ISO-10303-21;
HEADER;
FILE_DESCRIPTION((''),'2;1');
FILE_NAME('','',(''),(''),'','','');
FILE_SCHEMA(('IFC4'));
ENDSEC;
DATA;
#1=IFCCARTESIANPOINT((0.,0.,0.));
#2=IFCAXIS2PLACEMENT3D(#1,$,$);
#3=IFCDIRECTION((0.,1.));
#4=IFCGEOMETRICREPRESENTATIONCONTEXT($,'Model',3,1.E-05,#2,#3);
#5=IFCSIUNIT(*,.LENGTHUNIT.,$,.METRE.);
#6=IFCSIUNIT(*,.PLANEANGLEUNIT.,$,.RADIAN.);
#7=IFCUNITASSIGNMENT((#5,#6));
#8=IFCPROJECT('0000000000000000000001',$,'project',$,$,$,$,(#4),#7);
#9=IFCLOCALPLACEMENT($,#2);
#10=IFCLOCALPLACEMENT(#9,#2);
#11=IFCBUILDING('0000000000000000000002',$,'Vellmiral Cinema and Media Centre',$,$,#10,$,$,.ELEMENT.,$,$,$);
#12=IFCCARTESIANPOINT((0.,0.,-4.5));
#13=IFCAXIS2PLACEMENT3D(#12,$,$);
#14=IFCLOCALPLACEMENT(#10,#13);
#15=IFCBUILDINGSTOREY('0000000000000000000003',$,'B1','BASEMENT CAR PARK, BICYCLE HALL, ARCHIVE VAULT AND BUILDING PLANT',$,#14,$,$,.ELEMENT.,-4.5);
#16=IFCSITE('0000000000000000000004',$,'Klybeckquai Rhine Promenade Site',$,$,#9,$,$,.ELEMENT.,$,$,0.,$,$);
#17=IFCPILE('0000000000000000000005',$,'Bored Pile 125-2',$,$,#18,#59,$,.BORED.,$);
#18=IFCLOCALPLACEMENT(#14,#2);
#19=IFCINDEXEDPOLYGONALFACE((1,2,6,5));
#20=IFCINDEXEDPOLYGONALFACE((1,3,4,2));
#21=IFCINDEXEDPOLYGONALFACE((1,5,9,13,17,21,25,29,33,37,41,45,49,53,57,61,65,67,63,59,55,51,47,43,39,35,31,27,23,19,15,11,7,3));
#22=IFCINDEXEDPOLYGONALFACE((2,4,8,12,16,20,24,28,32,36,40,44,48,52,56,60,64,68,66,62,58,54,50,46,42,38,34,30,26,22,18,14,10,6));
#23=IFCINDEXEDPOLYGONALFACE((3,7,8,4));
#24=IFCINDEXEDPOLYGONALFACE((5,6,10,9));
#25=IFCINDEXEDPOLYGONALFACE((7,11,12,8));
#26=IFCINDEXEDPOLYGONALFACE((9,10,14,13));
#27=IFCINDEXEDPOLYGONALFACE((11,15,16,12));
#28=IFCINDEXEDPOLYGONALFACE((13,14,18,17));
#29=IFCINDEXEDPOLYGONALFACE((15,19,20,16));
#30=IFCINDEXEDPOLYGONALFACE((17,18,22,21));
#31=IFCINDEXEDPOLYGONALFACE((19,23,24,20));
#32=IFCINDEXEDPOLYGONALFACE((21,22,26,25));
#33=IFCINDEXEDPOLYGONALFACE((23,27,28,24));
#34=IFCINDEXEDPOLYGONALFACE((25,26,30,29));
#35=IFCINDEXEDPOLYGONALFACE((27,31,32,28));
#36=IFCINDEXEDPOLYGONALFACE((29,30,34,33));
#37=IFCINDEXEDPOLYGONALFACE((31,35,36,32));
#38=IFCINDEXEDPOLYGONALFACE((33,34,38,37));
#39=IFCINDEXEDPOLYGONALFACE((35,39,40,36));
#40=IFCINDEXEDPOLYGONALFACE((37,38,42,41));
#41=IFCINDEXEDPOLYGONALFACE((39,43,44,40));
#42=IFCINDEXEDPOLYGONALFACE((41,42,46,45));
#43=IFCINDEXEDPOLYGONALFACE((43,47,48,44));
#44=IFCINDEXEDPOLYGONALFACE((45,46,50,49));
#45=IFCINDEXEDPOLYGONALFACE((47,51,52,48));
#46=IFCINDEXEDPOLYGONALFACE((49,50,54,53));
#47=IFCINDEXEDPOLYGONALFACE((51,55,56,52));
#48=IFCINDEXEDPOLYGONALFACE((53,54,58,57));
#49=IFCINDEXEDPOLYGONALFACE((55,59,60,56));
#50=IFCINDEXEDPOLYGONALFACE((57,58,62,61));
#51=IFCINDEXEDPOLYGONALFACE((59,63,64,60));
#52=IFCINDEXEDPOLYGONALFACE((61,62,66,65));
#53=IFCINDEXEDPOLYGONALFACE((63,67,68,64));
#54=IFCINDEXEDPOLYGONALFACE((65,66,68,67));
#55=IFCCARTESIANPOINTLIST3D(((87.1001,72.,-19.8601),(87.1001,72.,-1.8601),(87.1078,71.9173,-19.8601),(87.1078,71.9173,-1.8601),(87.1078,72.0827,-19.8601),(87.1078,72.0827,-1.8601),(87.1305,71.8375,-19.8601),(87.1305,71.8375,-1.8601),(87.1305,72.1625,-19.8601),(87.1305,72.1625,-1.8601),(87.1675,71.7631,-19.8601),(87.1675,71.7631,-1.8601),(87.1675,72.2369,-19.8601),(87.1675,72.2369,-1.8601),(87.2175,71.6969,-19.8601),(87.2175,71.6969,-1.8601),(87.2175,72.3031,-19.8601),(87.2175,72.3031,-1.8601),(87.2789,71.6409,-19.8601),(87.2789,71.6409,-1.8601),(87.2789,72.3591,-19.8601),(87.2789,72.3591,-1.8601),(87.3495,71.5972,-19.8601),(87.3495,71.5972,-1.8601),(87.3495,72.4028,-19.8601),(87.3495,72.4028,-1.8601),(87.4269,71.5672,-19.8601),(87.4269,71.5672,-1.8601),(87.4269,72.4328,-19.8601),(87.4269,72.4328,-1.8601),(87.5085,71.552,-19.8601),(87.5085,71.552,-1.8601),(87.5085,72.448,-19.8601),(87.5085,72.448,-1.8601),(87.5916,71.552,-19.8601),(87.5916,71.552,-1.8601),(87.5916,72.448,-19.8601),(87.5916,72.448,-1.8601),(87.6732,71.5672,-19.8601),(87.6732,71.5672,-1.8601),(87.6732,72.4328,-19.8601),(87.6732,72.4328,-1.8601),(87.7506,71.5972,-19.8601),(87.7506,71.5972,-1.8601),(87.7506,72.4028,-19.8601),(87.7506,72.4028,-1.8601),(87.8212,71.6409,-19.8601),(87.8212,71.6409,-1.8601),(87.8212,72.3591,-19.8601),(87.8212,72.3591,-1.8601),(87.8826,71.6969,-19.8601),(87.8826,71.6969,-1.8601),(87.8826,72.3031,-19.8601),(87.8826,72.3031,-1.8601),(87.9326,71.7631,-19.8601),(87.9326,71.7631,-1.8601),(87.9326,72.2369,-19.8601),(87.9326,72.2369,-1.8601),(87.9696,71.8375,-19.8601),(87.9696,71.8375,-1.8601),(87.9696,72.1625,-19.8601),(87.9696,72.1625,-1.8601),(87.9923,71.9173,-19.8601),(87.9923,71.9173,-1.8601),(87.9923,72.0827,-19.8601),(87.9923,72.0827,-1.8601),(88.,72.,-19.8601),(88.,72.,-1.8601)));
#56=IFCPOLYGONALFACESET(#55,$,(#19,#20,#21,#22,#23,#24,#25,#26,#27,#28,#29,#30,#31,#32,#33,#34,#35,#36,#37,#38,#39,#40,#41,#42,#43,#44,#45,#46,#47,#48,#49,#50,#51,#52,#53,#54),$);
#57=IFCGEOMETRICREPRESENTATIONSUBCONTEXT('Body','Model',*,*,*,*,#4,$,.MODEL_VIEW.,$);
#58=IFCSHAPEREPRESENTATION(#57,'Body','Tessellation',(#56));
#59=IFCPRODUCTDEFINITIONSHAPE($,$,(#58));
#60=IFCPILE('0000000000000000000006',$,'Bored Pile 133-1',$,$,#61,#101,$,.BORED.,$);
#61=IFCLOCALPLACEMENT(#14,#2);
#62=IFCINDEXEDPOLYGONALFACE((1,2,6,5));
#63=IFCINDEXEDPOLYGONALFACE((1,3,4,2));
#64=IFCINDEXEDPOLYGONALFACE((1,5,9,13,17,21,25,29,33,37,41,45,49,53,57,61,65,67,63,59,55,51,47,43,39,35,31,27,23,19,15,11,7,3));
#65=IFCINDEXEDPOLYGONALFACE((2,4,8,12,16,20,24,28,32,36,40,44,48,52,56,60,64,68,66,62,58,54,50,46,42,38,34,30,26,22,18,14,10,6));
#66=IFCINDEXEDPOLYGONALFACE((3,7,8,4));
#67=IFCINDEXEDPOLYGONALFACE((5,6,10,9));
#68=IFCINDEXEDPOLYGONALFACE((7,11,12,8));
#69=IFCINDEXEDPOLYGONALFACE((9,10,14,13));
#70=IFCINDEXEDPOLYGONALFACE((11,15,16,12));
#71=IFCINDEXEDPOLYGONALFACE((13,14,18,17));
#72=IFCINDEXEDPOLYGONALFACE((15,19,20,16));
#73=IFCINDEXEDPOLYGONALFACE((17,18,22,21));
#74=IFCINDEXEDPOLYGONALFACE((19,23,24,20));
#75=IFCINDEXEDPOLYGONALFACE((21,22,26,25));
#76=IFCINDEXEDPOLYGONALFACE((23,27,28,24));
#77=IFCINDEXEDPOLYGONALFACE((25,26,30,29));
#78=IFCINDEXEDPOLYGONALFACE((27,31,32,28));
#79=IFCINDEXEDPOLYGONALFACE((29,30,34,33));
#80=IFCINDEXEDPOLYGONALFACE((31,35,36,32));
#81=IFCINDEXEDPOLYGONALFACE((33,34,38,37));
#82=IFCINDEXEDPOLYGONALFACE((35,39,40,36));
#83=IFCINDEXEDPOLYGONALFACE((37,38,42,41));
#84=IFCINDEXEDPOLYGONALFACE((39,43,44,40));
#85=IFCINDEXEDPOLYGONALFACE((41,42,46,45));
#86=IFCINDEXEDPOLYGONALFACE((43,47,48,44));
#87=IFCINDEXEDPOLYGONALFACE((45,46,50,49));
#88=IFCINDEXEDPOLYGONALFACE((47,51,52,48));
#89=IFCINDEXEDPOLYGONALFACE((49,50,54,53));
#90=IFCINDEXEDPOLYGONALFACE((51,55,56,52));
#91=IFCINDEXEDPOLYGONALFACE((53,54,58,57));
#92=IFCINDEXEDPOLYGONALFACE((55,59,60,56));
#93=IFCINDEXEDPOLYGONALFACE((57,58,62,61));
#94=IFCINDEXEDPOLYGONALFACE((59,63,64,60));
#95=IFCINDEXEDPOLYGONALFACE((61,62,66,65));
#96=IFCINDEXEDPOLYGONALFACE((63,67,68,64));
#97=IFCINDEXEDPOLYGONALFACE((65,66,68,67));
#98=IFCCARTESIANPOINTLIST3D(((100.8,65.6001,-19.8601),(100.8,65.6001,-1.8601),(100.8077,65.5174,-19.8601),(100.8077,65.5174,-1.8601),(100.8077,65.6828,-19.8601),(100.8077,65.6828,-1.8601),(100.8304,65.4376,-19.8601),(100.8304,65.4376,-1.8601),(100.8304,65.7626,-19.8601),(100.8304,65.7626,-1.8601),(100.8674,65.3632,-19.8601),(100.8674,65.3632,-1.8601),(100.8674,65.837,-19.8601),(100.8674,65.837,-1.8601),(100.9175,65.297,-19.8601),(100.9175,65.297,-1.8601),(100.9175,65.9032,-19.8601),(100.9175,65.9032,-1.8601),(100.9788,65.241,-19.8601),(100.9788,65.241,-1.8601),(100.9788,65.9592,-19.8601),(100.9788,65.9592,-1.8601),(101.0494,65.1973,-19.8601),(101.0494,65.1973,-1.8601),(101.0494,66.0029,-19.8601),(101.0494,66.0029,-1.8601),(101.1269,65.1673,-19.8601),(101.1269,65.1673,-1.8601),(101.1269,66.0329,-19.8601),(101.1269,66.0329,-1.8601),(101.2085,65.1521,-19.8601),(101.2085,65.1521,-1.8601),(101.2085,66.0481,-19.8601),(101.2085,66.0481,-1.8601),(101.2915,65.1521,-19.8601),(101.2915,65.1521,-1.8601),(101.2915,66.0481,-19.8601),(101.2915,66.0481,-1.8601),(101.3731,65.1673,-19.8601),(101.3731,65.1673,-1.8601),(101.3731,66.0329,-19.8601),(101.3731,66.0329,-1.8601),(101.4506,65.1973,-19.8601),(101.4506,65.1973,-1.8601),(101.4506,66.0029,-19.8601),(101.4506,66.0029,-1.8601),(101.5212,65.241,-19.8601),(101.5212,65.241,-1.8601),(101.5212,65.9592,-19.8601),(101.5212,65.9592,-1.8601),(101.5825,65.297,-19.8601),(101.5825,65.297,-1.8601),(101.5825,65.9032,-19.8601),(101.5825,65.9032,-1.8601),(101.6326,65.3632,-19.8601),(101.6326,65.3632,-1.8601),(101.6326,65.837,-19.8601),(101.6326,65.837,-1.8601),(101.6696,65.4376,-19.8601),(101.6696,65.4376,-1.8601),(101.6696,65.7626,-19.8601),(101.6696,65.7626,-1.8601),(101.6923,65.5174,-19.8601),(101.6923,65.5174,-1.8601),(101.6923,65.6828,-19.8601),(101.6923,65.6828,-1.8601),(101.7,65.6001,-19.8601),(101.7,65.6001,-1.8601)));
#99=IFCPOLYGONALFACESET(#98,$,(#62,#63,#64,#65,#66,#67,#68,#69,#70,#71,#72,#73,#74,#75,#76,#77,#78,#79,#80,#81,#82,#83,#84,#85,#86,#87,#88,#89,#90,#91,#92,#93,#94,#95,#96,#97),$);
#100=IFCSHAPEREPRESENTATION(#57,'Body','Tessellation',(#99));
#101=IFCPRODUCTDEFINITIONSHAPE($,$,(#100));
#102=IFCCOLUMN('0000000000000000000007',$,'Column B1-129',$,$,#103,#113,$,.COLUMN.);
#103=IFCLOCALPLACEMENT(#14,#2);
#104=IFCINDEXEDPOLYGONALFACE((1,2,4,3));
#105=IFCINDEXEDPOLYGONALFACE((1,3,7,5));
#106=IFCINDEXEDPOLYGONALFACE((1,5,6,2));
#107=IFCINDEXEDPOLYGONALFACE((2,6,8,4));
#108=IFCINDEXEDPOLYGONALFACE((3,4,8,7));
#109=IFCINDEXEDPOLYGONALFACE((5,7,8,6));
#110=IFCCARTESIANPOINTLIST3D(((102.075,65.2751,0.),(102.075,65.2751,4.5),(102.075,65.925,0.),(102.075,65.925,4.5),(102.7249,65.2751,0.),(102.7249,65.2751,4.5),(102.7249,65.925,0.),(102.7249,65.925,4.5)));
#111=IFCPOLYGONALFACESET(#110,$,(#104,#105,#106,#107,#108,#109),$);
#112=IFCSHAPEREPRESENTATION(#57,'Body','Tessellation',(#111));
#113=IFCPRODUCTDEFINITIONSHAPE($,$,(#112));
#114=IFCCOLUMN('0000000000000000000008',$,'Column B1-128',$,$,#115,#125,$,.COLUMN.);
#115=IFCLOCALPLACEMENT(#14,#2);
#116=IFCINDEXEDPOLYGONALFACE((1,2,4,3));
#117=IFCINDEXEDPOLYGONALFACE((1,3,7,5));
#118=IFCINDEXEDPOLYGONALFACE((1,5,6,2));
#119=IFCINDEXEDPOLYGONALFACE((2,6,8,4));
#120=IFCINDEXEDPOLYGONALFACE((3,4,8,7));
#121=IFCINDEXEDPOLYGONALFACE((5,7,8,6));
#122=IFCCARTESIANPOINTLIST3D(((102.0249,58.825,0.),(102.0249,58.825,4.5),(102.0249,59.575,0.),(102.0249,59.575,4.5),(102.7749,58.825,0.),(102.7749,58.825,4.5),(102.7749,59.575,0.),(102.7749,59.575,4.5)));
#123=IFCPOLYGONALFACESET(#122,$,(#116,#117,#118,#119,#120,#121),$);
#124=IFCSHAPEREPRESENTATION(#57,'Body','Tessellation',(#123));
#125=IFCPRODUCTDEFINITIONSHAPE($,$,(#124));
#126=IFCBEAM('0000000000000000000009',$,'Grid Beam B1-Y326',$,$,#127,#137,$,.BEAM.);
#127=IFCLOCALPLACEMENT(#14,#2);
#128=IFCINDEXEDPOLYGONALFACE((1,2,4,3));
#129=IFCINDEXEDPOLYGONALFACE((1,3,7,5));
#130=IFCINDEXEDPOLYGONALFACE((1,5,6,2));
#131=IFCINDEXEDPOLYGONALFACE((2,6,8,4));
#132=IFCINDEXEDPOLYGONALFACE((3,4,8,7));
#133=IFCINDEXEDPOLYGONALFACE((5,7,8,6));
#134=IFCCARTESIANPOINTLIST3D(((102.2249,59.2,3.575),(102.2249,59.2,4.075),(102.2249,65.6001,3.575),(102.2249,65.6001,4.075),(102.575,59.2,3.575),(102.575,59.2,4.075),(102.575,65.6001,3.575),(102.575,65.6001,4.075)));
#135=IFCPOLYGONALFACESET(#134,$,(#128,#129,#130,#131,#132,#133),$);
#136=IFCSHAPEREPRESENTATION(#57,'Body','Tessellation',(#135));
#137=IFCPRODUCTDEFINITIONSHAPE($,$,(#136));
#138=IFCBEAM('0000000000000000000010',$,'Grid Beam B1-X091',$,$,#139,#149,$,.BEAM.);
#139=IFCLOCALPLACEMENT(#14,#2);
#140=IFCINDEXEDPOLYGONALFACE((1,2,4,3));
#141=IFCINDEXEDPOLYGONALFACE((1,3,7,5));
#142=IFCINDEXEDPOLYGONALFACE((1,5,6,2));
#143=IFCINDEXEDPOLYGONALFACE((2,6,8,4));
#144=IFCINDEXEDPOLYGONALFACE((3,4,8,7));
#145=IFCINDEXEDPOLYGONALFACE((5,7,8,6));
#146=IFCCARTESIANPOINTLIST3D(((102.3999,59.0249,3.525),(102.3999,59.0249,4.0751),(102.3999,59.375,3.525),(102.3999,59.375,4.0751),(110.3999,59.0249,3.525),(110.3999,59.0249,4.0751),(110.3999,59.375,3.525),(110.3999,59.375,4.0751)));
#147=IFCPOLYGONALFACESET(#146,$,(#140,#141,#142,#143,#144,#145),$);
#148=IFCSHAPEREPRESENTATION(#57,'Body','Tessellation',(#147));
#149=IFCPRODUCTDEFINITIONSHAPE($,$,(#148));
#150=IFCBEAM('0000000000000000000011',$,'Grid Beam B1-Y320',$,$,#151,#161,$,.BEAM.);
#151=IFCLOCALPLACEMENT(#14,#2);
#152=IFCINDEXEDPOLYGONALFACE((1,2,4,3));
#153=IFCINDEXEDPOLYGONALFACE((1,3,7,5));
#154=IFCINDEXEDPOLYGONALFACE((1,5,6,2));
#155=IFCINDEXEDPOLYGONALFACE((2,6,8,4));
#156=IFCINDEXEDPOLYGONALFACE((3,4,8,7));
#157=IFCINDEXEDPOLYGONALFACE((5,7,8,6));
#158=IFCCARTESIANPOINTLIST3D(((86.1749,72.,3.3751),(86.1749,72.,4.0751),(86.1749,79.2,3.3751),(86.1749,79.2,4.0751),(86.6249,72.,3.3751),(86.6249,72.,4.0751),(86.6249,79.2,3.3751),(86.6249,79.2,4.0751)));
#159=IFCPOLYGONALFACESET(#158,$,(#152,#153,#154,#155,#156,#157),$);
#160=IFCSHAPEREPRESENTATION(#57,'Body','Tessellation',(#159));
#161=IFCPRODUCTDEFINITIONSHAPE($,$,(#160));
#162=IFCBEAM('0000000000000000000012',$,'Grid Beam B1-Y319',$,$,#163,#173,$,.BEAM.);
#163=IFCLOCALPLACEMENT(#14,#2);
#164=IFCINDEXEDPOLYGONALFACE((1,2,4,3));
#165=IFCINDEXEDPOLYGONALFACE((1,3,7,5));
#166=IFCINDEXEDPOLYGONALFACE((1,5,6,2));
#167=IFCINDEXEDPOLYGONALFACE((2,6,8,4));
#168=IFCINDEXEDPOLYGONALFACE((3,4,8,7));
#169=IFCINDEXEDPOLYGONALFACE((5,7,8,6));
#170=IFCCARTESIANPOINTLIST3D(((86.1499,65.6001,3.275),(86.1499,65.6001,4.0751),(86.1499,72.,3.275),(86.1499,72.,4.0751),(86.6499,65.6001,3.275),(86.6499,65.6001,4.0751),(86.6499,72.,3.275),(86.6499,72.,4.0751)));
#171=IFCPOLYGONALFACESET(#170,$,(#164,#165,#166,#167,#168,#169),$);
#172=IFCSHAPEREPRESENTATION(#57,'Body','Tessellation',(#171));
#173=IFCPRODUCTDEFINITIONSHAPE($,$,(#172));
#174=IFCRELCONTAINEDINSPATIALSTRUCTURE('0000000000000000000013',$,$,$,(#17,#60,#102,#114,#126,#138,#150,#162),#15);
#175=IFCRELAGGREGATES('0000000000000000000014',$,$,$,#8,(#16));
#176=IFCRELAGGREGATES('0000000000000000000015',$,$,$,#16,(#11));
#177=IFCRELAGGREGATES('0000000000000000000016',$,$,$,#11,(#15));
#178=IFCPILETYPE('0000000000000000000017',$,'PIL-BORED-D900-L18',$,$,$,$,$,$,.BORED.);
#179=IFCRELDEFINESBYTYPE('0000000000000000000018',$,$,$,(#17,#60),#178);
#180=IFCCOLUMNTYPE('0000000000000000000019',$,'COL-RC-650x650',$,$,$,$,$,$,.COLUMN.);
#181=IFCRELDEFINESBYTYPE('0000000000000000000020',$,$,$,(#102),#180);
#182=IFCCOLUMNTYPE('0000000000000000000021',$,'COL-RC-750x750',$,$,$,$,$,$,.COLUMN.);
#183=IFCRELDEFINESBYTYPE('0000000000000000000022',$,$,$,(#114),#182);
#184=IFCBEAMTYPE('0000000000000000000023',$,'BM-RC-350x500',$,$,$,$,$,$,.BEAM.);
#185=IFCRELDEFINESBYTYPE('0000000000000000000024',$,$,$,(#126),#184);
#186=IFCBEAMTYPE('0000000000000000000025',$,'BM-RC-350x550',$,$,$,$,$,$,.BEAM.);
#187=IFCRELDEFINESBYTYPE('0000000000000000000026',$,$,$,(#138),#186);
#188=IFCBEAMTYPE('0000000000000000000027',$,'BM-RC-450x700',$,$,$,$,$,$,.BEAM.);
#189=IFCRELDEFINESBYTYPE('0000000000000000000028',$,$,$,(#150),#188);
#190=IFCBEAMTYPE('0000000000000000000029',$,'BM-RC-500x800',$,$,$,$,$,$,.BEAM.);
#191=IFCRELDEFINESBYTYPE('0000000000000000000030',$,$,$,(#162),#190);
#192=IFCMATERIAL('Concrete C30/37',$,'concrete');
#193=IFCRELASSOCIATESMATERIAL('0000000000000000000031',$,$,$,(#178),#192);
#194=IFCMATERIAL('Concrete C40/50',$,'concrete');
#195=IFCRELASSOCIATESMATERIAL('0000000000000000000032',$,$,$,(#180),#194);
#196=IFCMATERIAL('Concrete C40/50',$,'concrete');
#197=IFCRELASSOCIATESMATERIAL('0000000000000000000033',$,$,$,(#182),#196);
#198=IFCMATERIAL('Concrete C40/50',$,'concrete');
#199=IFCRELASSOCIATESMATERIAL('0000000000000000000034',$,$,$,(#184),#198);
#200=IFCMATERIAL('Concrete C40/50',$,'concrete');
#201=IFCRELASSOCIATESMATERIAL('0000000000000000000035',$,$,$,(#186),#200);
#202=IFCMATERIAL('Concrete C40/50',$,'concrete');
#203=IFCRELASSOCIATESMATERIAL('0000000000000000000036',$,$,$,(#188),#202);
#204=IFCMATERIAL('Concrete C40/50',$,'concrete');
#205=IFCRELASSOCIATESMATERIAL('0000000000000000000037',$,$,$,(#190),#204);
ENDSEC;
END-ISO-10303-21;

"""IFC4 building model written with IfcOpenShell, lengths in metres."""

from ifc_helpers import new_model, si_unit, direction, frame, origin, origin_2d, place, context, subcontext, project, spatial, rectangle, circle, extrude, material, material_profile, profile_set, type_object, element, save


model = new_model("IFC4")

# Units and contexts
model_context = context("Model", 3, precision=1e-05, world=origin(), true_north=direction((0.0, 1.0)))
body_context = subcontext(model_context, "Body", "Model", "MODEL_VIEW")
ifc_project = project(units=[si_unit("LENGTHUNIT", "METRE"), si_unit("PLANEANGLEUNIT", "RADIAN")], contexts=[model_context])

# Site, building, storey
site_placement = place(None, origin())
site = spatial("IfcSite", under=ifc_project, at=site_placement, Name="Klybeckquai Rhine Promenade Site", CompositionType="ELEMENT", RefElevation=0.0)
building_placement = place(site_placement, origin())
building = spatial("IfcBuilding", under=site, at=building_placement, Name="Vellmiral Cinema and Media Centre", CompositionType="ELEMENT")
storey_placement = place(building_placement, frame((0.0, 0.0, -4.5)))
storey = spatial("IfcBuildingStorey", under=building, at=storey_placement, Name="B1", Description="BASEMENT CAR PARK, BICYCLE HALL, ARCHIVE VAULT AND BUILDING PLANT", CompositionType="ELEMENT", Elevation=-4.5)

# Piles
ifc_material_1 = material(Name="Concrete C30/37", Category="concrete")
ifc_material_profile_1 = material_profile(ifc_material_1, circle(Radius=0.45, at=origin_2d()), Name="PILE D900")
ifc_profile_set_1 = profile_set([ifc_material_profile_1], Name="Concrete C30/37")
pile_type_1 = type_object("IfcPileType", Name="PIL-BORED-D900-L18", PredefinedType="BORED", material=ifc_profile_set_1)
for number, where, z_axis, x_axis, name in (
    (1, (87.55, 72.0, -1.8601), (0.0, 0.0, -1.0), (1.0, 0.0, 0.0), "Bored Pile 125-2"),
    (2, (101.25, 65.6001, -1.8601), (0.0, 0.0, -1.0), (1.0, 0.0, 0.0), "Bored Pile 133-1"),
):
    element("IfcPile", number, at=place(storey_placement, frame(where, z_axis=z_axis, x_axis=x_axis)), inside=storey, type_object=pile_type_1, Name=name, PredefinedType="BORED", context=body_context, shape_type="SweptSolid", body=[
        extrude(circle(Radius=0.45, at=origin_2d()), origin(), (0.0, 0.0, 1.0), 18.0),
    ])

# Columns
ifc_material_2 = material(Name="Concrete C40/50", Category="concrete")
ifc_material_profile_2 = material_profile(ifc_material_2, rectangle(XDim=0.6499, YDim=0.6499, at=origin_2d()), Name="RC 650x650")
ifc_profile_set_2 = profile_set([ifc_material_profile_2], Name="Concrete C40/50")
column_type_1 = type_object("IfcColumnType", Name="COL-RC-650x650", PredefinedType="COLUMN", material=ifc_profile_set_2)
column_1_placement = place(storey_placement, frame((102.3999, 65.6001, 0.0), z_axis=(0.0, 0.0, 1.0), x_axis=(1.0, 0.0, 0.0)))
element("IfcColumn", 3, at=column_1_placement, inside=storey, type_object=column_type_1, Name="Column B1-129", PredefinedType="COLUMN", context=body_context, shape_type="SweptSolid", body=[
    extrude(rectangle(XDim=0.6499, YDim=0.6499, at=origin_2d()), origin(), (0.0, 0.0, 1.0), 4.5),
])
ifc_material_3 = material(Name="Concrete C40/50", Category="concrete")
ifc_material_profile_3 = material_profile(ifc_material_3, rectangle(XDim=0.75, YDim=0.75, at=origin_2d()), Name="RC 750x750")
ifc_profile_set_3 = profile_set([ifc_material_profile_3], Name="Concrete C40/50")
column_type_2 = type_object("IfcColumnType", Name="COL-RC-750x750", PredefinedType="COLUMN", material=ifc_profile_set_3)
column_2_placement = place(storey_placement, frame((102.3999, 59.2, 0.0), z_axis=(0.0, 0.0, 1.0), x_axis=(1.0, 0.0, 0.0)))
element("IfcColumn", 4, at=column_2_placement, inside=storey, type_object=column_type_2, Name="Column B1-128", PredefinedType="COLUMN", context=body_context, shape_type="SweptSolid", body=[
    extrude(rectangle(XDim=0.75, YDim=0.75, at=origin_2d()), origin(), (0.0, 0.0, 1.0), 4.5),
])

# Beams
ifc_material_4 = material(Name="Concrete C40/50", Category="concrete")
ifc_material_profile_4 = material_profile(ifc_material_4, rectangle(XDim=0.3501, YDim=0.5, at=origin_2d()), Name="RC 350x500")
ifc_profile_set_4 = profile_set([ifc_material_profile_4], Name="Concrete C40/50")
beam_type_1 = type_object("IfcBeamType", Name="BM-RC-350x500", PredefinedType="BEAM", material=ifc_profile_set_4)
beam_1_placement = place(storey_placement, frame((102.3999, 59.2, 3.825), z_axis=(0.0, 1.0, 0.0), x_axis=(-1.0, 0.0, 0.0)))
element("IfcBeam", 5, at=beam_1_placement, inside=storey, type_object=beam_type_1, Name="Grid Beam B1-Y326", PredefinedType="BEAM", context=body_context, shape_type="SweptSolid", body=[
    extrude(rectangle(XDim=0.3501, YDim=0.5, at=origin_2d()), origin(), (0.0, 0.0, 1.0), 6.4001),
])
ifc_material_5 = material(Name="Concrete C40/50", Category="concrete")
ifc_material_profile_5 = material_profile(ifc_material_5, rectangle(XDim=0.3501, YDim=0.55, at=origin_2d()), Name="RC 350x550")
ifc_profile_set_5 = profile_set([ifc_material_profile_5], Name="Concrete C40/50")
beam_type_2 = type_object("IfcBeamType", Name="BM-RC-350x550", PredefinedType="BEAM", material=ifc_profile_set_5)
beam_2_placement = place(storey_placement, frame((102.3999, 59.2, 3.8), z_axis=(1.0, 0.0, 0.0), x_axis=(0.0, 1.0, 0.0)))
element("IfcBeam", 6, at=beam_2_placement, inside=storey, type_object=beam_type_2, Name="Grid Beam B1-X091", PredefinedType="BEAM", context=body_context, shape_type="SweptSolid", body=[
    extrude(rectangle(XDim=0.3501, YDim=0.55, at=origin_2d()), origin(), (0.0, 0.0, 1.0), 8.0),
])
ifc_material_6 = material(Name="Concrete C40/50", Category="concrete")
ifc_material_profile_6 = material_profile(ifc_material_6, rectangle(XDim=0.45, YDim=0.7, at=origin_2d()), Name="RC 450x700")
ifc_profile_set_6 = profile_set([ifc_material_profile_6], Name="Concrete C40/50")
beam_type_3 = type_object("IfcBeamType", Name="BM-RC-450x700", PredefinedType="BEAM", material=ifc_profile_set_6)
beam_3_placement = place(storey_placement, frame((86.3999, 72.0, 3.7251), z_axis=(0.0, 1.0, 0.0), x_axis=(-1.0, 0.0, 0.0)))
element("IfcBeam", 7, at=beam_3_placement, inside=storey, type_object=beam_type_3, Name="Grid Beam B1-Y320", PredefinedType="BEAM", context=body_context, shape_type="SweptSolid", body=[
    extrude(rectangle(XDim=0.45, YDim=0.7, at=origin_2d()), origin(), (0.0, 0.0, 1.0), 7.2),
])
ifc_material_7 = material(Name="Concrete C40/50", Category="concrete")
ifc_material_profile_7 = material_profile(ifc_material_7, rectangle(XDim=0.5, YDim=0.8, at=origin_2d()), Name="RC 500x800")
ifc_profile_set_7 = profile_set([ifc_material_profile_7], Name="Concrete C40/50")
beam_type_4 = type_object("IfcBeamType", Name="BM-RC-500x800", PredefinedType="BEAM", material=ifc_profile_set_7)
beam_4_placement = place(storey_placement, frame((86.3999, 65.6001, 3.675), z_axis=(0.0, 1.0, 0.0), x_axis=(-1.0, 0.0, 0.0)))
element("IfcBeam", 8, at=beam_4_placement, inside=storey, type_object=beam_type_4, Name="Grid Beam B1-Y319", PredefinedType="BEAM", context=body_context, shape_type="SweptSolid", body=[
    extrude(rectangle(XDim=0.5, YDim=0.8, at=origin_2d()), origin(), (0.0, 0.0, 1.0), 6.3999),
])

save(model, "model.ifc")
